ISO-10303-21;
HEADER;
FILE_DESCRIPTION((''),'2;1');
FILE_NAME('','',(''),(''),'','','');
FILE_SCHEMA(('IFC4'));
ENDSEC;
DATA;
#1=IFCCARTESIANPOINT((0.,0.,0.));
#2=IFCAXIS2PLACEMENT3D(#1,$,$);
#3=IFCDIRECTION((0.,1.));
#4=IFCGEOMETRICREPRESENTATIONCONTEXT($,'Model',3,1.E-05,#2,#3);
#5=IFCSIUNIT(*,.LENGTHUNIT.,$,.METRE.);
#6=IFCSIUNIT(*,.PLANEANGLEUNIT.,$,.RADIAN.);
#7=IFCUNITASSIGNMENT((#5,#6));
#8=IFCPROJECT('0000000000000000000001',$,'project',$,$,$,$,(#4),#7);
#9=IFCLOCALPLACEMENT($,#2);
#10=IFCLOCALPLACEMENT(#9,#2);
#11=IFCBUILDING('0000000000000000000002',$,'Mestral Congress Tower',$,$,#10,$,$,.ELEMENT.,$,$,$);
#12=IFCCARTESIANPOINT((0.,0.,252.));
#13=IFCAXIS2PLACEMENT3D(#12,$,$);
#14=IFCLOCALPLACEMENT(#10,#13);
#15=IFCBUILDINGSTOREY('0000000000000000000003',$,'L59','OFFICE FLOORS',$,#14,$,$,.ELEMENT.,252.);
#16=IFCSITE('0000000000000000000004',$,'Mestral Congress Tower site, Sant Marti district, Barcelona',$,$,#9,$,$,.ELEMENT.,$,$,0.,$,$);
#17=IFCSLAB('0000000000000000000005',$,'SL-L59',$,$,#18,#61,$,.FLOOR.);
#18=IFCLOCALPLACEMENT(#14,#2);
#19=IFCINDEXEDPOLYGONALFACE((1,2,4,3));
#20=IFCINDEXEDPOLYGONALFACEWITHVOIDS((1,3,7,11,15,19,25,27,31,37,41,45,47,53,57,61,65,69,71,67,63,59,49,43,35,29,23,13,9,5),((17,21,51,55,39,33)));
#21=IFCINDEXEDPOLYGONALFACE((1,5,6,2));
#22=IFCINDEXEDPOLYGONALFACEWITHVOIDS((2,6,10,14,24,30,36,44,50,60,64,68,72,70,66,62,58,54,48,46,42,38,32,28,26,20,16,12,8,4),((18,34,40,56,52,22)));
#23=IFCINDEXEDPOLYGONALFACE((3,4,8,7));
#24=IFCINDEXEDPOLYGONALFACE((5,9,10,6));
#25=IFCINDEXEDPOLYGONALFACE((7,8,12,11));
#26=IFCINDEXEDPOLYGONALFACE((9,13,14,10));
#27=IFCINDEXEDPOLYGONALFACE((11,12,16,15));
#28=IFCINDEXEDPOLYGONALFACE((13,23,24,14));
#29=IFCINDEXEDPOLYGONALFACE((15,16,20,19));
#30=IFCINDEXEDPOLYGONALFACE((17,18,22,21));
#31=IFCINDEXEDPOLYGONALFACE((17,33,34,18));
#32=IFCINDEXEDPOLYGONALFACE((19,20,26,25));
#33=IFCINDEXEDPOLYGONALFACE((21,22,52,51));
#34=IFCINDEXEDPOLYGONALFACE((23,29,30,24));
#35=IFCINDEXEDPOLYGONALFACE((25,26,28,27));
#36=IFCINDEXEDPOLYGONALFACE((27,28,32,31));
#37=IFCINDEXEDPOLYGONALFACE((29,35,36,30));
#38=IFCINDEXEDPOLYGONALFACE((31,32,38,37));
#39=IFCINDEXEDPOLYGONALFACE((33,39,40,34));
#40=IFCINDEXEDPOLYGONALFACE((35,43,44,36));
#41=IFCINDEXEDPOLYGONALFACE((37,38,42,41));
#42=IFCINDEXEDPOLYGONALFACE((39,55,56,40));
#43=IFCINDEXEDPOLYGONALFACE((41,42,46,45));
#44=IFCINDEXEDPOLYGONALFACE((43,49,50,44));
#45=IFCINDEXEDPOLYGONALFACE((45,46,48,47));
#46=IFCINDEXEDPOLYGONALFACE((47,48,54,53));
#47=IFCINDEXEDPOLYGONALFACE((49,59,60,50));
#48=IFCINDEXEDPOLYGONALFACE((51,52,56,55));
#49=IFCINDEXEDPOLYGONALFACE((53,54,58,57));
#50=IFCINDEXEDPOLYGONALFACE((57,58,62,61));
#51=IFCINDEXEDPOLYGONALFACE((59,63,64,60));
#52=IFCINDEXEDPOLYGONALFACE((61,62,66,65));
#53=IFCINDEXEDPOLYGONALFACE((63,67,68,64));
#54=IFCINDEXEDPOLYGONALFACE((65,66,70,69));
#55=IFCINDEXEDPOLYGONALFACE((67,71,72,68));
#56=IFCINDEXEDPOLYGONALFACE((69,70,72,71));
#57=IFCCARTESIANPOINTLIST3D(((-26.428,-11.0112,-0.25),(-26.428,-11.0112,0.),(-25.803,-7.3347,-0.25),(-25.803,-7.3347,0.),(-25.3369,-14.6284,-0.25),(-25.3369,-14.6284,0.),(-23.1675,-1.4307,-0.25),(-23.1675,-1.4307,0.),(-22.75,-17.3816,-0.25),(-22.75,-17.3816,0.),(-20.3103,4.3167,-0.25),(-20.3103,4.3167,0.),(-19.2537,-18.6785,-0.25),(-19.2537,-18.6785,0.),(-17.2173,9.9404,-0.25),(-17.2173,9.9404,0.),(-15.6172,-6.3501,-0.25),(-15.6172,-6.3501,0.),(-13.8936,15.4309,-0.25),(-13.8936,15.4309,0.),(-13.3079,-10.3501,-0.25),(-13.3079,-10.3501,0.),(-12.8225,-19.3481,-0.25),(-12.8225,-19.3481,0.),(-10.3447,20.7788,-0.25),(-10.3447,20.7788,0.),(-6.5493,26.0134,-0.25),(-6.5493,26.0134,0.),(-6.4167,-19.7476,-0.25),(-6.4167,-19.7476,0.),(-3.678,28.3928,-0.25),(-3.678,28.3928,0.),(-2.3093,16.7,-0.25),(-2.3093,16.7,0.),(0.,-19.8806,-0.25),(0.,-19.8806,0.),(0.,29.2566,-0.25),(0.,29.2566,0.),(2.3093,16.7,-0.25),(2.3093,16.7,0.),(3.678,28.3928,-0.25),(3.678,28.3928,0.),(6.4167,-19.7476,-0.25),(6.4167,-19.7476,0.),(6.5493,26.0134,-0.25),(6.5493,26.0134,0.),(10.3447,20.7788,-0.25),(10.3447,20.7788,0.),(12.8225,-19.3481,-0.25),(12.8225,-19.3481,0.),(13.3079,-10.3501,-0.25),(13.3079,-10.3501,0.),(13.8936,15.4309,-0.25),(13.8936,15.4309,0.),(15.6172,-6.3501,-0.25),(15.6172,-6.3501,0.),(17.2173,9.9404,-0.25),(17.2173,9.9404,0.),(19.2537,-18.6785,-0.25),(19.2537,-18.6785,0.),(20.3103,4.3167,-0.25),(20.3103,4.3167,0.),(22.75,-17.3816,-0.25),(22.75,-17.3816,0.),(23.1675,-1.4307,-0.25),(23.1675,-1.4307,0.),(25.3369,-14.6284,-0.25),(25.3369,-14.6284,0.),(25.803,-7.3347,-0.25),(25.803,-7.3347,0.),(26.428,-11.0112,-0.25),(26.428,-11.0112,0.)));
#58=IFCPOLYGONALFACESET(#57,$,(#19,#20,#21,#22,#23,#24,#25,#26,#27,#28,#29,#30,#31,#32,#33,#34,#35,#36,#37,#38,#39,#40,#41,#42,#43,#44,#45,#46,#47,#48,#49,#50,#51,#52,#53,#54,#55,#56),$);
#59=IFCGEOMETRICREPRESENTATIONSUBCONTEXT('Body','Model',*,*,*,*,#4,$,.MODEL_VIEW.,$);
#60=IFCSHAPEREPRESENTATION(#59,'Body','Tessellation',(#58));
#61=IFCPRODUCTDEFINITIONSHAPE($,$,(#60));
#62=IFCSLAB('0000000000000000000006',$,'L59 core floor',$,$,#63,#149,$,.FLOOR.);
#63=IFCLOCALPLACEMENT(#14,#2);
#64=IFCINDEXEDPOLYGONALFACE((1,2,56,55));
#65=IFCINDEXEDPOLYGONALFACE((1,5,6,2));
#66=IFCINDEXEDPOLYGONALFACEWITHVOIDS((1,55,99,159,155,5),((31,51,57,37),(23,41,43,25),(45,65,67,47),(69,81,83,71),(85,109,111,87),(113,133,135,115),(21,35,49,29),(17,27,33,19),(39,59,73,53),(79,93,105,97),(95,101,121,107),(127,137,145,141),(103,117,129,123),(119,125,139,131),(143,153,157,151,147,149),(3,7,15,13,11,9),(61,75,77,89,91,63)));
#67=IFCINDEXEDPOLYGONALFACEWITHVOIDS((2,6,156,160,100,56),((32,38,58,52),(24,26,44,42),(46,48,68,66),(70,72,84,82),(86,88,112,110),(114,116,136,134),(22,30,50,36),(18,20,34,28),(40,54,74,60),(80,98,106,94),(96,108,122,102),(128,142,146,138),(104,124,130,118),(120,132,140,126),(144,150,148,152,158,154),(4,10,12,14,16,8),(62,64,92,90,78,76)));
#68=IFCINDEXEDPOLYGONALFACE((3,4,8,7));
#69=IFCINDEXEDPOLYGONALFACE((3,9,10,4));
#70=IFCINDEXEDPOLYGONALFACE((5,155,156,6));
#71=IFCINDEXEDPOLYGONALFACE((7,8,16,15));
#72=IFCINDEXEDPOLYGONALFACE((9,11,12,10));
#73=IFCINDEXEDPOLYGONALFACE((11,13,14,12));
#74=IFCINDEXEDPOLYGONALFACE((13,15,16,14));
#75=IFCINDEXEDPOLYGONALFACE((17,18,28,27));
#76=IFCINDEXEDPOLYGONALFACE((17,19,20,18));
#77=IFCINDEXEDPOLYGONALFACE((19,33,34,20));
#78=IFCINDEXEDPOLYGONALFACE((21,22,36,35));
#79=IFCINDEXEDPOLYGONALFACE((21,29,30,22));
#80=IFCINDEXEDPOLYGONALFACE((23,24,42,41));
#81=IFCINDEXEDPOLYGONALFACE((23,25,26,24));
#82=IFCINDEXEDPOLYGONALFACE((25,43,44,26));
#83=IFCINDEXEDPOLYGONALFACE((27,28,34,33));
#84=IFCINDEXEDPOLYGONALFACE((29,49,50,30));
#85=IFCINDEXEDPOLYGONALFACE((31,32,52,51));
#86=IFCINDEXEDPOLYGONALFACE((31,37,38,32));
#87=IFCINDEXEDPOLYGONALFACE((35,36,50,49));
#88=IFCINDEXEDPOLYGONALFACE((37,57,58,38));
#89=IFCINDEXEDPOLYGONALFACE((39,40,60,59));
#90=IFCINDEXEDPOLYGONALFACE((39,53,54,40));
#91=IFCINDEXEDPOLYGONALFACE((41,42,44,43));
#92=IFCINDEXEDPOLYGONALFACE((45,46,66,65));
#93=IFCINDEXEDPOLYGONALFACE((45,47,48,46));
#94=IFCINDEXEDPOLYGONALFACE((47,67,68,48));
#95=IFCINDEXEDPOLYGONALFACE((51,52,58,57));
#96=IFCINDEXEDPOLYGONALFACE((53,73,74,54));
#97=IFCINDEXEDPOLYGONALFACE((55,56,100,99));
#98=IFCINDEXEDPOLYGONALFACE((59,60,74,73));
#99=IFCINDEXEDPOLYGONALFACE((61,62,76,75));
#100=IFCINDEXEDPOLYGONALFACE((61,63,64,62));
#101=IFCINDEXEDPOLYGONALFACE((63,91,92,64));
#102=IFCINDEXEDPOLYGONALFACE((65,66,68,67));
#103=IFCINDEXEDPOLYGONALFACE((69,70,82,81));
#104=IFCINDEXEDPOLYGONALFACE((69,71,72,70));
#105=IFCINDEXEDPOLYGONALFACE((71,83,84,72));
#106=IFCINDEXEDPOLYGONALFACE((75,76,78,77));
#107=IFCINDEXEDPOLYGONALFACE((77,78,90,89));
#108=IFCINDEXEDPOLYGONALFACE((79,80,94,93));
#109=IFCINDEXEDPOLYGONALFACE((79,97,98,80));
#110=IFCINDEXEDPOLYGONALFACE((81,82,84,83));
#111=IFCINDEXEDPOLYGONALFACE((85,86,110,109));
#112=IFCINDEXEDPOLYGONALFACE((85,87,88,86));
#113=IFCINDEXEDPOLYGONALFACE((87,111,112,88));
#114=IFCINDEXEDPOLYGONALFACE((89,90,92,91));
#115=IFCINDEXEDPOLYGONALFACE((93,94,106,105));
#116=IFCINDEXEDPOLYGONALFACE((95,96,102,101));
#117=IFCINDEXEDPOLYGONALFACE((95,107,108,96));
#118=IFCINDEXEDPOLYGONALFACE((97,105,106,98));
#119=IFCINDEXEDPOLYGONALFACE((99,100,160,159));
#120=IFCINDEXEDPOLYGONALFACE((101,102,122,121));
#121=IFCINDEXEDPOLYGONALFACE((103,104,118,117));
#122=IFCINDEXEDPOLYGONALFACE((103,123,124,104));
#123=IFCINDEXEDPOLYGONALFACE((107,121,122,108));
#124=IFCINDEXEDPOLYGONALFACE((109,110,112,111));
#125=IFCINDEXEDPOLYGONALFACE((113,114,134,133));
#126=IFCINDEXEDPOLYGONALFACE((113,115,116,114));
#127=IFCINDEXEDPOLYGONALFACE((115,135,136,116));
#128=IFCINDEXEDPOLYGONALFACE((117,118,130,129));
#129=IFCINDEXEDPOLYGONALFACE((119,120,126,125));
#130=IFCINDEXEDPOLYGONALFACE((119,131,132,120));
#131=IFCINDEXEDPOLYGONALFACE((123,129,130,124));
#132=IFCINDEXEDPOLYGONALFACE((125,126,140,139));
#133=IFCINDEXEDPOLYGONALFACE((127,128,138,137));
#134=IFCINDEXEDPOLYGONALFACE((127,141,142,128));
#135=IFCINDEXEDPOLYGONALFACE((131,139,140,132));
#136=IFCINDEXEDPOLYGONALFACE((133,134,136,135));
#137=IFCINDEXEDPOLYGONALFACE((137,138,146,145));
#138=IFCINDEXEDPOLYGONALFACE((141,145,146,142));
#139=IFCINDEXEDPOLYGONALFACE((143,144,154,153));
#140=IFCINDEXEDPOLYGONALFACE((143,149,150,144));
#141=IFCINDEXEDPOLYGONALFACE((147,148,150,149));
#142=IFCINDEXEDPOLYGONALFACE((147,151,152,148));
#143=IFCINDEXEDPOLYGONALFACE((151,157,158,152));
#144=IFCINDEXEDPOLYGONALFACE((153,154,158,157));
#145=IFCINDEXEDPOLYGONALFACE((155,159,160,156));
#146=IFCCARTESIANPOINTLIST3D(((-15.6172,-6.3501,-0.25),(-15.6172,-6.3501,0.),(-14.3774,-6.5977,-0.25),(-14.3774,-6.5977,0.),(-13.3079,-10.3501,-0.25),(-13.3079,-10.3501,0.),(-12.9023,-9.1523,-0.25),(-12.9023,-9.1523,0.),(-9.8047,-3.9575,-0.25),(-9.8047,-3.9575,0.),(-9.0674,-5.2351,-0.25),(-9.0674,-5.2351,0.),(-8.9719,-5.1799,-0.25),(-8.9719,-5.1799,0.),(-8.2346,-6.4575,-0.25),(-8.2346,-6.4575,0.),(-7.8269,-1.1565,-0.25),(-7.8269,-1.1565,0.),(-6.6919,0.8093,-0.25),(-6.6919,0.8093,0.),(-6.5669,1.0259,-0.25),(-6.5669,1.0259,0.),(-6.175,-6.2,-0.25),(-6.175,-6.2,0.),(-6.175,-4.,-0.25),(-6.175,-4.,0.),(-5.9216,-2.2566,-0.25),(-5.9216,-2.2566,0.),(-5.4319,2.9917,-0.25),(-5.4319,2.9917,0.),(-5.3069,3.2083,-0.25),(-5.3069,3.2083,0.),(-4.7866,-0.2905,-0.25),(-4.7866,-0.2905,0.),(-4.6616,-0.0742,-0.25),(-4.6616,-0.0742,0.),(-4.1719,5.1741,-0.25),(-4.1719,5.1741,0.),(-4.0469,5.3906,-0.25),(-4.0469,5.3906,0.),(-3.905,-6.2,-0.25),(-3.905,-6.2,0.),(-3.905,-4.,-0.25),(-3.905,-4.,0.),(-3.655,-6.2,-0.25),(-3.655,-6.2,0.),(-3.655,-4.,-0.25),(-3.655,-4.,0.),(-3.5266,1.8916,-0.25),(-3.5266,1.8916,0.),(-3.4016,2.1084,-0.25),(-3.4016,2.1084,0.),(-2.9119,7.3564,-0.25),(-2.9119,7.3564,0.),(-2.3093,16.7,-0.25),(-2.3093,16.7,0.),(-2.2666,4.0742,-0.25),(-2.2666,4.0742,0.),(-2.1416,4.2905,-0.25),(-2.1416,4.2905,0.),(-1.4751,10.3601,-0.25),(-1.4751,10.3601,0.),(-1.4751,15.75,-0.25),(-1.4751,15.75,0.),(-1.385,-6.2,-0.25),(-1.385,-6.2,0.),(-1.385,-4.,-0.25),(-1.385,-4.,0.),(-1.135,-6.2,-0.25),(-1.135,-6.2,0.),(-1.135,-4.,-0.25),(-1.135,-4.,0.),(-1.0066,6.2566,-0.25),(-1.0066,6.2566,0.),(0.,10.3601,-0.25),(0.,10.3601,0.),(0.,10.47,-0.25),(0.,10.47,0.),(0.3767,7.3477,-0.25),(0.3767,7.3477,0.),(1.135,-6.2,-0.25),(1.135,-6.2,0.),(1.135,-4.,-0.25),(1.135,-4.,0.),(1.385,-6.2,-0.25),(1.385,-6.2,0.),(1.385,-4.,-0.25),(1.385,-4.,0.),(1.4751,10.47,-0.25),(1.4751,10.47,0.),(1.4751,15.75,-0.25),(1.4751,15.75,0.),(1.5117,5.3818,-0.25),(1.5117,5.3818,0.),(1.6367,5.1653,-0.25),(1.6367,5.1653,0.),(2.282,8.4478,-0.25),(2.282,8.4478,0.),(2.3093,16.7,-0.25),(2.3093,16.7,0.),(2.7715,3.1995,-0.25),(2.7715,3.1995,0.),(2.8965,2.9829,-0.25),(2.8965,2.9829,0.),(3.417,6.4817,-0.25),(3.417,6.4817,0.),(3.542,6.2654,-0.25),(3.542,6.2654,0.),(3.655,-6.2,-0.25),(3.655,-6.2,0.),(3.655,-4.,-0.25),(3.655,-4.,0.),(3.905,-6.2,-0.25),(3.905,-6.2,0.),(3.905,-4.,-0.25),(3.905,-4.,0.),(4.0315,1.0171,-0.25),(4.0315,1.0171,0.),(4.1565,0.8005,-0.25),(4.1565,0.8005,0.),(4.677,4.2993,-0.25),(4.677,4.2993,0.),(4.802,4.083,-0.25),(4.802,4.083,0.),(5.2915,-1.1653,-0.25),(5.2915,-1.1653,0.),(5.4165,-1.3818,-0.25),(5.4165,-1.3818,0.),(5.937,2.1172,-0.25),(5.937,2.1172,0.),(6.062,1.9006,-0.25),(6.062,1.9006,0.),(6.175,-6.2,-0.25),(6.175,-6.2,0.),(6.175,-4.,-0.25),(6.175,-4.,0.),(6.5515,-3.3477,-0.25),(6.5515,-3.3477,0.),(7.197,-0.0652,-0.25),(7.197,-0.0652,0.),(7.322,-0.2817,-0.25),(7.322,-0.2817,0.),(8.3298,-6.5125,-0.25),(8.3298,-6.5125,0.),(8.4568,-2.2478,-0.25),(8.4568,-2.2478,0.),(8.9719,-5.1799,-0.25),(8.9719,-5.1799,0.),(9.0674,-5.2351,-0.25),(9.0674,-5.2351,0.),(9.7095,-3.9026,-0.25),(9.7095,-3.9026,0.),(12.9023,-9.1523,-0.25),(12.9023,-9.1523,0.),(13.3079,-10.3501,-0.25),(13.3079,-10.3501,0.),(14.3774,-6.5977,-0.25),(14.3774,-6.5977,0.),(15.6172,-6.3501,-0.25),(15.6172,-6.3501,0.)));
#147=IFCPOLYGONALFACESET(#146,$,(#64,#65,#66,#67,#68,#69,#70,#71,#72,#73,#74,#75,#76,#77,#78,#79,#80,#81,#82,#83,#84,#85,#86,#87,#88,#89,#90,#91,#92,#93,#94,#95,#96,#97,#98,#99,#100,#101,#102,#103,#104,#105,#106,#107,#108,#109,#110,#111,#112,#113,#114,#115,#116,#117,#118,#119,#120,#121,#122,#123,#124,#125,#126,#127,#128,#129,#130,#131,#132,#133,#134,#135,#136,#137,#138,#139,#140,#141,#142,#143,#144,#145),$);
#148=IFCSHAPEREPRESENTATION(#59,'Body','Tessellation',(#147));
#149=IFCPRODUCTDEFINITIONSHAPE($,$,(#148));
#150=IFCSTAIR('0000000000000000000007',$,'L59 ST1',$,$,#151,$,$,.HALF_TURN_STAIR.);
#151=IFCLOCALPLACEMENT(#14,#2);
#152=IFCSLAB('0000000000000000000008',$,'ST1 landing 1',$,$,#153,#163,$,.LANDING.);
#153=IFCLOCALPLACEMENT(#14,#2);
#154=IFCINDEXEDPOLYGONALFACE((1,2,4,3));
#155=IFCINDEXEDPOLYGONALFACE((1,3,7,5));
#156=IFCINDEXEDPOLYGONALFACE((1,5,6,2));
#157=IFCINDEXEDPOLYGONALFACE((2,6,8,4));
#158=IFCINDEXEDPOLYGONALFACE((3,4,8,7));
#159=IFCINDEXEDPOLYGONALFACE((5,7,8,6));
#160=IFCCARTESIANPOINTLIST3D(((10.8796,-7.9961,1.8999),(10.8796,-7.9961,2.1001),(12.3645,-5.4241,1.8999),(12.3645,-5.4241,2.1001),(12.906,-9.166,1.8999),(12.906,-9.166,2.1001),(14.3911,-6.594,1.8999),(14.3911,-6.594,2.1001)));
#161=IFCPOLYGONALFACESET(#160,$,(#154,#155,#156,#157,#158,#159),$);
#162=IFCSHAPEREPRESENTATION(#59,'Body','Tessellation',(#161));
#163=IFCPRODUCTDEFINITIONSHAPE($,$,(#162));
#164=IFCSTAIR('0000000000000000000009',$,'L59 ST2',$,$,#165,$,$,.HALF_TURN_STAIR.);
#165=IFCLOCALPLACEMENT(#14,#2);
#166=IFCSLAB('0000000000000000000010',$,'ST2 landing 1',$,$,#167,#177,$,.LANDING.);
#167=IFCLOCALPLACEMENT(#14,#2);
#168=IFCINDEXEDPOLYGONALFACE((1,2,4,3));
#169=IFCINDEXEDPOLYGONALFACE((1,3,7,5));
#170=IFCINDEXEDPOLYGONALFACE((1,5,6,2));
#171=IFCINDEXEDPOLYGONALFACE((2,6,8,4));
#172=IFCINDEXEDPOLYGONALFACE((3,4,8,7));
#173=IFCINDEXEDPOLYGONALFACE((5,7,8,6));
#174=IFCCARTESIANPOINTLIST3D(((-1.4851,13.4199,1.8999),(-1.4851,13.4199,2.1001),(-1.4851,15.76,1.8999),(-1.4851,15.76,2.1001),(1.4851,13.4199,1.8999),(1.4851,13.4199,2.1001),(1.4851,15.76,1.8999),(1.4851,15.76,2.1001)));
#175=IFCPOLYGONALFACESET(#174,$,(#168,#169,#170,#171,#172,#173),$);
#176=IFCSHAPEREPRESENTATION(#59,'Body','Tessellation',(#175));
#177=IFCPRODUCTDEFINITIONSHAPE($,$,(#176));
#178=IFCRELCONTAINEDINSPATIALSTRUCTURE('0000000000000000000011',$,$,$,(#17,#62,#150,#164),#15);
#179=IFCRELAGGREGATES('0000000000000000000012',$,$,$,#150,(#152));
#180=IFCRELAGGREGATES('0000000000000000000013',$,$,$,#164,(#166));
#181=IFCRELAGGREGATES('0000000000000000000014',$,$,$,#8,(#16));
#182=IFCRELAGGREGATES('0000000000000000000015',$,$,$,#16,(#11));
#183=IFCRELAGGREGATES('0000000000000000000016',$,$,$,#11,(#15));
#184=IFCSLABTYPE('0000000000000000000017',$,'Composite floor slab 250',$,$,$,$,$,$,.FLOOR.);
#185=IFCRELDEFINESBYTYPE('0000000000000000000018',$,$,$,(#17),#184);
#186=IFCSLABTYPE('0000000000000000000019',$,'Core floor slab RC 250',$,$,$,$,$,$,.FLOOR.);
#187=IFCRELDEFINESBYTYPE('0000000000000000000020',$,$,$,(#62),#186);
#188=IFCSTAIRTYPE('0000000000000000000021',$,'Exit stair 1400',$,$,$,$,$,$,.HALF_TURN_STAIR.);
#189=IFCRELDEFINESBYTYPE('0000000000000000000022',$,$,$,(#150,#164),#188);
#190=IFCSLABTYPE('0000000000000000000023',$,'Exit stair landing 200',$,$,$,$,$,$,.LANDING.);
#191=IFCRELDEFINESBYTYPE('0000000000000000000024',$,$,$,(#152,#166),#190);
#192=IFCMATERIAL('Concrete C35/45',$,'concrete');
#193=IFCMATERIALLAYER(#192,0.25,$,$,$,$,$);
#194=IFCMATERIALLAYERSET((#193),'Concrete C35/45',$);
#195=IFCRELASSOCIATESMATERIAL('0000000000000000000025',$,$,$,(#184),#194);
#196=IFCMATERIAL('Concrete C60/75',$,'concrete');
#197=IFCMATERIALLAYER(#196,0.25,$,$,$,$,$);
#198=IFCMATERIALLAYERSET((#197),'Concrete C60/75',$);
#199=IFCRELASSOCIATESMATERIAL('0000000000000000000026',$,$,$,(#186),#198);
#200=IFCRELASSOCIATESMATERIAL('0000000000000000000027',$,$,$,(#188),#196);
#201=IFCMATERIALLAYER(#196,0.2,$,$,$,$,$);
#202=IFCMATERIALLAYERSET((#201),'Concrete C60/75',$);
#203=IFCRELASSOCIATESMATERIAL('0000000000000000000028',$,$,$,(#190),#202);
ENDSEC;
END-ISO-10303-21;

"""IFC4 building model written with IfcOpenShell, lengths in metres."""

from ifc_helpers import new_model, si_unit, direction, frame, origin, place, context, subcontext, project, spatial, polyline, outline, extrude, material, layer, layer_set, type_object, element, aggregate, save


model = new_model("IFC4")

# Units and contexts
model_context = context("Model", 3, precision=1e-05, world=origin(), true_north=direction((0.0, 1.0)))
body_context = subcontext(model_context, "Body", "Model", "MODEL_VIEW")
ifc_project = project(units=[si_unit("LENGTHUNIT", "METRE"), si_unit("PLANEANGLEUNIT", "RADIAN")], contexts=[model_context])

# Site, building, storey
site_placement = place(None, origin())
site = spatial("IfcSite", under=ifc_project, at=site_placement, Name="Mestral Congress Tower site, Sant Marti district, Barcelona", CompositionType="ELEMENT", RefElevation=0.0)
building_placement = place(site_placement, origin())
building = spatial("IfcBuilding", under=site, at=building_placement, Name="Mestral Congress Tower", CompositionType="ELEMENT")
storey_placement = place(building_placement, frame((0.0, 0.0, 252.0)))
storey = spatial("IfcBuildingStorey", under=building, at=storey_placement, Name="L59", Description="OFFICE FLOORS", CompositionType="ELEMENT", Elevation=252.0)

# Slabs
ifc_material_1 = material(Name="Concrete C35/45", Category="concrete")
ifc_layer_1 = layer(ifc_material_1, 0.25)
ifc_layer_set_1 = layer_set([ifc_layer_1], Name="Concrete C35/45")
slab_type_1 = type_object("IfcSlabType", Name="Composite floor slab 250", PredefinedType="FLOOR", material=ifc_layer_set_1)
placement_1 = place(storey_placement, frame((0.0, 0.0, -0.25)))
element("IfcSlab", 1, at=placement_1, inside=storey, type_object=slab_type_1, Name="SL-L59", PredefinedType="FLOOR", context=body_context, shape_type="SweptSolid", body=[
    extrude(outline(polyline([(-19.2537, -18.6785), (-22.75, -17.3816), (-25.3369, -14.6284), (-26.428, -11.0112), (-25.803, -7.3347), (-23.1675, -1.4307), (-20.3103, 4.3167), (-17.2173, 9.9404), (-13.8936, 15.4309), (-10.3447, 20.7788), (-6.5493, 26.0134), (-3.678, 28.3928), (0.0, 29.2566), (3.678, 28.3928), (6.5493, 26.0134), (10.3447, 20.7788), (13.8936, 15.4309), (17.2173, 9.9404), (20.3103, 4.3167), (23.1675, -1.4307), (25.803, -7.3347), (26.428, -11.0112), (25.3369, -14.6284), (22.75, -17.3816), (19.2537, -18.6785), (12.8225, -19.3481), (6.4167, -19.7476), (0.0, -19.8806), (-6.4167, -19.7476), (-12.8225, -19.3481), (-19.2537, -18.6785)]), holes=[polyline([(-2.3093, 16.7), (-15.6172, -6.3501), (-13.3079, -10.3501), (13.3079, -10.3501), (15.6172, -6.3501), (2.3093, 16.7), (-2.3093, 16.7)])]), origin(), (0.0, 0.0, 1.0), 0.25),
])
ifc_material_2 = material(Name="Concrete C60/75", Category="concrete")
ifc_layer_2 = layer(ifc_material_2, 0.25)
ifc_layer_set_2 = layer_set([ifc_layer_2], Name="Concrete C60/75")
slab_type_2 = type_object("IfcSlabType", Name="Core floor slab RC 250", PredefinedType="FLOOR", material=ifc_layer_set_2)
element("IfcSlab", 2, at=placement_1, inside=storey, type_object=slab_type_2, Name="L59 core floor", PredefinedType="FLOOR", context=body_context, shape_type="SweptSolid", body=[
    extrude(outline(polyline([(13.3079, -10.3501), (-13.3079, -10.3501), (-15.6172, -6.3501), (-2.3093, 16.7), (2.3093, 16.7), (15.6172, -6.3501), (13.3079, -10.3501)]), holes=[polyline([(-9.8047, -3.9575), (-14.3774, -6.5977), (-12.9023, -9.1523), (-8.2346, -6.4575), (-8.9719, -5.1799), (-9.0674, -5.2351), (-9.8047, -3.9575)]), polyline([(-3.905, -4.0), (-6.175, -4.0), (-6.175, -6.2), (-3.905, -6.2), (-3.905, -4.0)]), polyline([(-1.385, -4.0), (-3.655, -4.0), (-3.655, -6.2), (-1.385, -6.2), (-1.385, -4.0)]), polyline([(1.135, -4.0), (-1.135, -4.0), (-1.135, -6.2), (1.135, -6.2), (1.135, -4.0)]), polyline([(-5.9216, -2.2566), (-4.7866, -0.2905), (-6.6919, 0.8093), (-7.8269, -1.1565), (-5.9216, -2.2566)]), polyline([(-4.6616, -0.0742), (-3.5266, 1.8916), (-5.4319, 2.9917), (-6.5669, 1.0259), (-4.6616, -0.0742)]), polyline([(-3.4016, 2.1084), (-2.2666, 4.0742), (-4.1719, 5.1741), (-5.3069, 3.2083), (-3.4016, 2.1084)]), polyline([(-2.1416, 4.2905), (-1.0066, 6.2566), (-2.9119, 7.3564), (-4.0469, 5.3906), (-2.1416, 4.2905)]), polyline([(1.4751, 10.47), (1.4751, 15.75), (-1.4751, 15.75), (-1.4751, 10.3601), (0.0, 10.3601), (0.0, 10.47), (1.4751, 10.47)]), polyline([(8.3298, -6.5125), (12.9023, -9.1523), (14.3774, -6.5977), (9.7095, -3.9026), (8.9719, -5.1799), (9.0674, -5.2351), (8.3298, -6.5125)]), polyline([(3.655, -4.0), (1.385, -4.0), (1.385, -6.2), (3.655, -6.2), (3.655, -4.0)]), polyline([(6.175, -4.0), (3.905, -4.0), (3.905, -6.2), (6.175, -6.2), (6.175, -4.0)]), polyline([(5.4165, -1.3818), (6.5515, -3.3477), (8.4568, -2.2478), (7.322, -0.2817), (5.4165, -1.3818)]), polyline([(4.1565, 0.8005), (5.2915, -1.1653), (7.197, -0.0652), (6.062, 1.9006), (4.1565, 0.8005)]), polyline([(2.8965, 2.9829), (4.0315, 1.0171), (5.937, 2.1172), (4.802, 4.083), (2.8965, 2.9829)]), polyline([(3.542, 6.2654), (1.6367, 5.1653), (2.7715, 3.1995), (4.677, 4.2993), (3.542, 6.2654)]), polyline([(2.282, 8.4478), (0.3767, 7.3477), (1.5117, 5.3818), (3.417, 6.4817), (2.282, 8.4478)])]), origin(), (0.0, 0.0, 1.0), 0.25),
])

# Stairs, slabs
stair_type = type_object("IfcStairType", Name="Exit stair 1400", PredefinedType="HALF_TURN_STAIR", material=ifc_material_2)
placement_2 = place(storey_placement, origin())
stair_1 = element("IfcStair", 3, at=placement_2, inside=storey, type_object=stair_type, Name="L59 ST1", PredefinedType="HALF_TURN_STAIR")
ifc_layer_3 = layer(ifc_material_2, 0.2)
ifc_layer_set_3 = layer_set([ifc_layer_3], Name="Concrete C60/75")
slab_type_3 = type_object("IfcSlabType", Name="Exit stair landing 200", PredefinedType="LANDING", material=ifc_layer_set_3)
placement_3 = place(storey_placement, frame((0.0, 0.0, 1.8999)))
slab_1 = element("IfcSlab", 4, at=placement_3, type_object=slab_type_3, Name="ST1 landing 1", PredefinedType="LANDING", context=body_context, shape_type="SweptSolid", body=[
    extrude(outline(polyline([(10.8796, -7.9961), (12.3645, -5.4241), (14.3911, -6.594), (12.906, -9.166), (10.8796, -7.9961)])), origin(), (0.0, 0.0, 1.0), 0.2002),
])
aggregate(stair_1, [slab_1])
stair_2 = element("IfcStair", 5, at=placement_2, inside=storey, type_object=stair_type, Name="L59 ST2", PredefinedType="HALF_TURN_STAIR")
slab_2 = element("IfcSlab", 6, at=placement_3, type_object=slab_type_3, Name="ST2 landing 1", PredefinedType="LANDING", context=body_context, shape_type="SweptSolid", body=[
    extrude(outline(polyline([(1.4851, 13.4199), (-1.4851, 13.4199), (-1.4851, 15.76), (1.4851, 15.76), (1.4851, 13.4199)])), origin(), (0.0, 0.0, 1.0), 0.2002),
])
aggregate(stair_2, [slab_2])

save(model, "model.ifc")
